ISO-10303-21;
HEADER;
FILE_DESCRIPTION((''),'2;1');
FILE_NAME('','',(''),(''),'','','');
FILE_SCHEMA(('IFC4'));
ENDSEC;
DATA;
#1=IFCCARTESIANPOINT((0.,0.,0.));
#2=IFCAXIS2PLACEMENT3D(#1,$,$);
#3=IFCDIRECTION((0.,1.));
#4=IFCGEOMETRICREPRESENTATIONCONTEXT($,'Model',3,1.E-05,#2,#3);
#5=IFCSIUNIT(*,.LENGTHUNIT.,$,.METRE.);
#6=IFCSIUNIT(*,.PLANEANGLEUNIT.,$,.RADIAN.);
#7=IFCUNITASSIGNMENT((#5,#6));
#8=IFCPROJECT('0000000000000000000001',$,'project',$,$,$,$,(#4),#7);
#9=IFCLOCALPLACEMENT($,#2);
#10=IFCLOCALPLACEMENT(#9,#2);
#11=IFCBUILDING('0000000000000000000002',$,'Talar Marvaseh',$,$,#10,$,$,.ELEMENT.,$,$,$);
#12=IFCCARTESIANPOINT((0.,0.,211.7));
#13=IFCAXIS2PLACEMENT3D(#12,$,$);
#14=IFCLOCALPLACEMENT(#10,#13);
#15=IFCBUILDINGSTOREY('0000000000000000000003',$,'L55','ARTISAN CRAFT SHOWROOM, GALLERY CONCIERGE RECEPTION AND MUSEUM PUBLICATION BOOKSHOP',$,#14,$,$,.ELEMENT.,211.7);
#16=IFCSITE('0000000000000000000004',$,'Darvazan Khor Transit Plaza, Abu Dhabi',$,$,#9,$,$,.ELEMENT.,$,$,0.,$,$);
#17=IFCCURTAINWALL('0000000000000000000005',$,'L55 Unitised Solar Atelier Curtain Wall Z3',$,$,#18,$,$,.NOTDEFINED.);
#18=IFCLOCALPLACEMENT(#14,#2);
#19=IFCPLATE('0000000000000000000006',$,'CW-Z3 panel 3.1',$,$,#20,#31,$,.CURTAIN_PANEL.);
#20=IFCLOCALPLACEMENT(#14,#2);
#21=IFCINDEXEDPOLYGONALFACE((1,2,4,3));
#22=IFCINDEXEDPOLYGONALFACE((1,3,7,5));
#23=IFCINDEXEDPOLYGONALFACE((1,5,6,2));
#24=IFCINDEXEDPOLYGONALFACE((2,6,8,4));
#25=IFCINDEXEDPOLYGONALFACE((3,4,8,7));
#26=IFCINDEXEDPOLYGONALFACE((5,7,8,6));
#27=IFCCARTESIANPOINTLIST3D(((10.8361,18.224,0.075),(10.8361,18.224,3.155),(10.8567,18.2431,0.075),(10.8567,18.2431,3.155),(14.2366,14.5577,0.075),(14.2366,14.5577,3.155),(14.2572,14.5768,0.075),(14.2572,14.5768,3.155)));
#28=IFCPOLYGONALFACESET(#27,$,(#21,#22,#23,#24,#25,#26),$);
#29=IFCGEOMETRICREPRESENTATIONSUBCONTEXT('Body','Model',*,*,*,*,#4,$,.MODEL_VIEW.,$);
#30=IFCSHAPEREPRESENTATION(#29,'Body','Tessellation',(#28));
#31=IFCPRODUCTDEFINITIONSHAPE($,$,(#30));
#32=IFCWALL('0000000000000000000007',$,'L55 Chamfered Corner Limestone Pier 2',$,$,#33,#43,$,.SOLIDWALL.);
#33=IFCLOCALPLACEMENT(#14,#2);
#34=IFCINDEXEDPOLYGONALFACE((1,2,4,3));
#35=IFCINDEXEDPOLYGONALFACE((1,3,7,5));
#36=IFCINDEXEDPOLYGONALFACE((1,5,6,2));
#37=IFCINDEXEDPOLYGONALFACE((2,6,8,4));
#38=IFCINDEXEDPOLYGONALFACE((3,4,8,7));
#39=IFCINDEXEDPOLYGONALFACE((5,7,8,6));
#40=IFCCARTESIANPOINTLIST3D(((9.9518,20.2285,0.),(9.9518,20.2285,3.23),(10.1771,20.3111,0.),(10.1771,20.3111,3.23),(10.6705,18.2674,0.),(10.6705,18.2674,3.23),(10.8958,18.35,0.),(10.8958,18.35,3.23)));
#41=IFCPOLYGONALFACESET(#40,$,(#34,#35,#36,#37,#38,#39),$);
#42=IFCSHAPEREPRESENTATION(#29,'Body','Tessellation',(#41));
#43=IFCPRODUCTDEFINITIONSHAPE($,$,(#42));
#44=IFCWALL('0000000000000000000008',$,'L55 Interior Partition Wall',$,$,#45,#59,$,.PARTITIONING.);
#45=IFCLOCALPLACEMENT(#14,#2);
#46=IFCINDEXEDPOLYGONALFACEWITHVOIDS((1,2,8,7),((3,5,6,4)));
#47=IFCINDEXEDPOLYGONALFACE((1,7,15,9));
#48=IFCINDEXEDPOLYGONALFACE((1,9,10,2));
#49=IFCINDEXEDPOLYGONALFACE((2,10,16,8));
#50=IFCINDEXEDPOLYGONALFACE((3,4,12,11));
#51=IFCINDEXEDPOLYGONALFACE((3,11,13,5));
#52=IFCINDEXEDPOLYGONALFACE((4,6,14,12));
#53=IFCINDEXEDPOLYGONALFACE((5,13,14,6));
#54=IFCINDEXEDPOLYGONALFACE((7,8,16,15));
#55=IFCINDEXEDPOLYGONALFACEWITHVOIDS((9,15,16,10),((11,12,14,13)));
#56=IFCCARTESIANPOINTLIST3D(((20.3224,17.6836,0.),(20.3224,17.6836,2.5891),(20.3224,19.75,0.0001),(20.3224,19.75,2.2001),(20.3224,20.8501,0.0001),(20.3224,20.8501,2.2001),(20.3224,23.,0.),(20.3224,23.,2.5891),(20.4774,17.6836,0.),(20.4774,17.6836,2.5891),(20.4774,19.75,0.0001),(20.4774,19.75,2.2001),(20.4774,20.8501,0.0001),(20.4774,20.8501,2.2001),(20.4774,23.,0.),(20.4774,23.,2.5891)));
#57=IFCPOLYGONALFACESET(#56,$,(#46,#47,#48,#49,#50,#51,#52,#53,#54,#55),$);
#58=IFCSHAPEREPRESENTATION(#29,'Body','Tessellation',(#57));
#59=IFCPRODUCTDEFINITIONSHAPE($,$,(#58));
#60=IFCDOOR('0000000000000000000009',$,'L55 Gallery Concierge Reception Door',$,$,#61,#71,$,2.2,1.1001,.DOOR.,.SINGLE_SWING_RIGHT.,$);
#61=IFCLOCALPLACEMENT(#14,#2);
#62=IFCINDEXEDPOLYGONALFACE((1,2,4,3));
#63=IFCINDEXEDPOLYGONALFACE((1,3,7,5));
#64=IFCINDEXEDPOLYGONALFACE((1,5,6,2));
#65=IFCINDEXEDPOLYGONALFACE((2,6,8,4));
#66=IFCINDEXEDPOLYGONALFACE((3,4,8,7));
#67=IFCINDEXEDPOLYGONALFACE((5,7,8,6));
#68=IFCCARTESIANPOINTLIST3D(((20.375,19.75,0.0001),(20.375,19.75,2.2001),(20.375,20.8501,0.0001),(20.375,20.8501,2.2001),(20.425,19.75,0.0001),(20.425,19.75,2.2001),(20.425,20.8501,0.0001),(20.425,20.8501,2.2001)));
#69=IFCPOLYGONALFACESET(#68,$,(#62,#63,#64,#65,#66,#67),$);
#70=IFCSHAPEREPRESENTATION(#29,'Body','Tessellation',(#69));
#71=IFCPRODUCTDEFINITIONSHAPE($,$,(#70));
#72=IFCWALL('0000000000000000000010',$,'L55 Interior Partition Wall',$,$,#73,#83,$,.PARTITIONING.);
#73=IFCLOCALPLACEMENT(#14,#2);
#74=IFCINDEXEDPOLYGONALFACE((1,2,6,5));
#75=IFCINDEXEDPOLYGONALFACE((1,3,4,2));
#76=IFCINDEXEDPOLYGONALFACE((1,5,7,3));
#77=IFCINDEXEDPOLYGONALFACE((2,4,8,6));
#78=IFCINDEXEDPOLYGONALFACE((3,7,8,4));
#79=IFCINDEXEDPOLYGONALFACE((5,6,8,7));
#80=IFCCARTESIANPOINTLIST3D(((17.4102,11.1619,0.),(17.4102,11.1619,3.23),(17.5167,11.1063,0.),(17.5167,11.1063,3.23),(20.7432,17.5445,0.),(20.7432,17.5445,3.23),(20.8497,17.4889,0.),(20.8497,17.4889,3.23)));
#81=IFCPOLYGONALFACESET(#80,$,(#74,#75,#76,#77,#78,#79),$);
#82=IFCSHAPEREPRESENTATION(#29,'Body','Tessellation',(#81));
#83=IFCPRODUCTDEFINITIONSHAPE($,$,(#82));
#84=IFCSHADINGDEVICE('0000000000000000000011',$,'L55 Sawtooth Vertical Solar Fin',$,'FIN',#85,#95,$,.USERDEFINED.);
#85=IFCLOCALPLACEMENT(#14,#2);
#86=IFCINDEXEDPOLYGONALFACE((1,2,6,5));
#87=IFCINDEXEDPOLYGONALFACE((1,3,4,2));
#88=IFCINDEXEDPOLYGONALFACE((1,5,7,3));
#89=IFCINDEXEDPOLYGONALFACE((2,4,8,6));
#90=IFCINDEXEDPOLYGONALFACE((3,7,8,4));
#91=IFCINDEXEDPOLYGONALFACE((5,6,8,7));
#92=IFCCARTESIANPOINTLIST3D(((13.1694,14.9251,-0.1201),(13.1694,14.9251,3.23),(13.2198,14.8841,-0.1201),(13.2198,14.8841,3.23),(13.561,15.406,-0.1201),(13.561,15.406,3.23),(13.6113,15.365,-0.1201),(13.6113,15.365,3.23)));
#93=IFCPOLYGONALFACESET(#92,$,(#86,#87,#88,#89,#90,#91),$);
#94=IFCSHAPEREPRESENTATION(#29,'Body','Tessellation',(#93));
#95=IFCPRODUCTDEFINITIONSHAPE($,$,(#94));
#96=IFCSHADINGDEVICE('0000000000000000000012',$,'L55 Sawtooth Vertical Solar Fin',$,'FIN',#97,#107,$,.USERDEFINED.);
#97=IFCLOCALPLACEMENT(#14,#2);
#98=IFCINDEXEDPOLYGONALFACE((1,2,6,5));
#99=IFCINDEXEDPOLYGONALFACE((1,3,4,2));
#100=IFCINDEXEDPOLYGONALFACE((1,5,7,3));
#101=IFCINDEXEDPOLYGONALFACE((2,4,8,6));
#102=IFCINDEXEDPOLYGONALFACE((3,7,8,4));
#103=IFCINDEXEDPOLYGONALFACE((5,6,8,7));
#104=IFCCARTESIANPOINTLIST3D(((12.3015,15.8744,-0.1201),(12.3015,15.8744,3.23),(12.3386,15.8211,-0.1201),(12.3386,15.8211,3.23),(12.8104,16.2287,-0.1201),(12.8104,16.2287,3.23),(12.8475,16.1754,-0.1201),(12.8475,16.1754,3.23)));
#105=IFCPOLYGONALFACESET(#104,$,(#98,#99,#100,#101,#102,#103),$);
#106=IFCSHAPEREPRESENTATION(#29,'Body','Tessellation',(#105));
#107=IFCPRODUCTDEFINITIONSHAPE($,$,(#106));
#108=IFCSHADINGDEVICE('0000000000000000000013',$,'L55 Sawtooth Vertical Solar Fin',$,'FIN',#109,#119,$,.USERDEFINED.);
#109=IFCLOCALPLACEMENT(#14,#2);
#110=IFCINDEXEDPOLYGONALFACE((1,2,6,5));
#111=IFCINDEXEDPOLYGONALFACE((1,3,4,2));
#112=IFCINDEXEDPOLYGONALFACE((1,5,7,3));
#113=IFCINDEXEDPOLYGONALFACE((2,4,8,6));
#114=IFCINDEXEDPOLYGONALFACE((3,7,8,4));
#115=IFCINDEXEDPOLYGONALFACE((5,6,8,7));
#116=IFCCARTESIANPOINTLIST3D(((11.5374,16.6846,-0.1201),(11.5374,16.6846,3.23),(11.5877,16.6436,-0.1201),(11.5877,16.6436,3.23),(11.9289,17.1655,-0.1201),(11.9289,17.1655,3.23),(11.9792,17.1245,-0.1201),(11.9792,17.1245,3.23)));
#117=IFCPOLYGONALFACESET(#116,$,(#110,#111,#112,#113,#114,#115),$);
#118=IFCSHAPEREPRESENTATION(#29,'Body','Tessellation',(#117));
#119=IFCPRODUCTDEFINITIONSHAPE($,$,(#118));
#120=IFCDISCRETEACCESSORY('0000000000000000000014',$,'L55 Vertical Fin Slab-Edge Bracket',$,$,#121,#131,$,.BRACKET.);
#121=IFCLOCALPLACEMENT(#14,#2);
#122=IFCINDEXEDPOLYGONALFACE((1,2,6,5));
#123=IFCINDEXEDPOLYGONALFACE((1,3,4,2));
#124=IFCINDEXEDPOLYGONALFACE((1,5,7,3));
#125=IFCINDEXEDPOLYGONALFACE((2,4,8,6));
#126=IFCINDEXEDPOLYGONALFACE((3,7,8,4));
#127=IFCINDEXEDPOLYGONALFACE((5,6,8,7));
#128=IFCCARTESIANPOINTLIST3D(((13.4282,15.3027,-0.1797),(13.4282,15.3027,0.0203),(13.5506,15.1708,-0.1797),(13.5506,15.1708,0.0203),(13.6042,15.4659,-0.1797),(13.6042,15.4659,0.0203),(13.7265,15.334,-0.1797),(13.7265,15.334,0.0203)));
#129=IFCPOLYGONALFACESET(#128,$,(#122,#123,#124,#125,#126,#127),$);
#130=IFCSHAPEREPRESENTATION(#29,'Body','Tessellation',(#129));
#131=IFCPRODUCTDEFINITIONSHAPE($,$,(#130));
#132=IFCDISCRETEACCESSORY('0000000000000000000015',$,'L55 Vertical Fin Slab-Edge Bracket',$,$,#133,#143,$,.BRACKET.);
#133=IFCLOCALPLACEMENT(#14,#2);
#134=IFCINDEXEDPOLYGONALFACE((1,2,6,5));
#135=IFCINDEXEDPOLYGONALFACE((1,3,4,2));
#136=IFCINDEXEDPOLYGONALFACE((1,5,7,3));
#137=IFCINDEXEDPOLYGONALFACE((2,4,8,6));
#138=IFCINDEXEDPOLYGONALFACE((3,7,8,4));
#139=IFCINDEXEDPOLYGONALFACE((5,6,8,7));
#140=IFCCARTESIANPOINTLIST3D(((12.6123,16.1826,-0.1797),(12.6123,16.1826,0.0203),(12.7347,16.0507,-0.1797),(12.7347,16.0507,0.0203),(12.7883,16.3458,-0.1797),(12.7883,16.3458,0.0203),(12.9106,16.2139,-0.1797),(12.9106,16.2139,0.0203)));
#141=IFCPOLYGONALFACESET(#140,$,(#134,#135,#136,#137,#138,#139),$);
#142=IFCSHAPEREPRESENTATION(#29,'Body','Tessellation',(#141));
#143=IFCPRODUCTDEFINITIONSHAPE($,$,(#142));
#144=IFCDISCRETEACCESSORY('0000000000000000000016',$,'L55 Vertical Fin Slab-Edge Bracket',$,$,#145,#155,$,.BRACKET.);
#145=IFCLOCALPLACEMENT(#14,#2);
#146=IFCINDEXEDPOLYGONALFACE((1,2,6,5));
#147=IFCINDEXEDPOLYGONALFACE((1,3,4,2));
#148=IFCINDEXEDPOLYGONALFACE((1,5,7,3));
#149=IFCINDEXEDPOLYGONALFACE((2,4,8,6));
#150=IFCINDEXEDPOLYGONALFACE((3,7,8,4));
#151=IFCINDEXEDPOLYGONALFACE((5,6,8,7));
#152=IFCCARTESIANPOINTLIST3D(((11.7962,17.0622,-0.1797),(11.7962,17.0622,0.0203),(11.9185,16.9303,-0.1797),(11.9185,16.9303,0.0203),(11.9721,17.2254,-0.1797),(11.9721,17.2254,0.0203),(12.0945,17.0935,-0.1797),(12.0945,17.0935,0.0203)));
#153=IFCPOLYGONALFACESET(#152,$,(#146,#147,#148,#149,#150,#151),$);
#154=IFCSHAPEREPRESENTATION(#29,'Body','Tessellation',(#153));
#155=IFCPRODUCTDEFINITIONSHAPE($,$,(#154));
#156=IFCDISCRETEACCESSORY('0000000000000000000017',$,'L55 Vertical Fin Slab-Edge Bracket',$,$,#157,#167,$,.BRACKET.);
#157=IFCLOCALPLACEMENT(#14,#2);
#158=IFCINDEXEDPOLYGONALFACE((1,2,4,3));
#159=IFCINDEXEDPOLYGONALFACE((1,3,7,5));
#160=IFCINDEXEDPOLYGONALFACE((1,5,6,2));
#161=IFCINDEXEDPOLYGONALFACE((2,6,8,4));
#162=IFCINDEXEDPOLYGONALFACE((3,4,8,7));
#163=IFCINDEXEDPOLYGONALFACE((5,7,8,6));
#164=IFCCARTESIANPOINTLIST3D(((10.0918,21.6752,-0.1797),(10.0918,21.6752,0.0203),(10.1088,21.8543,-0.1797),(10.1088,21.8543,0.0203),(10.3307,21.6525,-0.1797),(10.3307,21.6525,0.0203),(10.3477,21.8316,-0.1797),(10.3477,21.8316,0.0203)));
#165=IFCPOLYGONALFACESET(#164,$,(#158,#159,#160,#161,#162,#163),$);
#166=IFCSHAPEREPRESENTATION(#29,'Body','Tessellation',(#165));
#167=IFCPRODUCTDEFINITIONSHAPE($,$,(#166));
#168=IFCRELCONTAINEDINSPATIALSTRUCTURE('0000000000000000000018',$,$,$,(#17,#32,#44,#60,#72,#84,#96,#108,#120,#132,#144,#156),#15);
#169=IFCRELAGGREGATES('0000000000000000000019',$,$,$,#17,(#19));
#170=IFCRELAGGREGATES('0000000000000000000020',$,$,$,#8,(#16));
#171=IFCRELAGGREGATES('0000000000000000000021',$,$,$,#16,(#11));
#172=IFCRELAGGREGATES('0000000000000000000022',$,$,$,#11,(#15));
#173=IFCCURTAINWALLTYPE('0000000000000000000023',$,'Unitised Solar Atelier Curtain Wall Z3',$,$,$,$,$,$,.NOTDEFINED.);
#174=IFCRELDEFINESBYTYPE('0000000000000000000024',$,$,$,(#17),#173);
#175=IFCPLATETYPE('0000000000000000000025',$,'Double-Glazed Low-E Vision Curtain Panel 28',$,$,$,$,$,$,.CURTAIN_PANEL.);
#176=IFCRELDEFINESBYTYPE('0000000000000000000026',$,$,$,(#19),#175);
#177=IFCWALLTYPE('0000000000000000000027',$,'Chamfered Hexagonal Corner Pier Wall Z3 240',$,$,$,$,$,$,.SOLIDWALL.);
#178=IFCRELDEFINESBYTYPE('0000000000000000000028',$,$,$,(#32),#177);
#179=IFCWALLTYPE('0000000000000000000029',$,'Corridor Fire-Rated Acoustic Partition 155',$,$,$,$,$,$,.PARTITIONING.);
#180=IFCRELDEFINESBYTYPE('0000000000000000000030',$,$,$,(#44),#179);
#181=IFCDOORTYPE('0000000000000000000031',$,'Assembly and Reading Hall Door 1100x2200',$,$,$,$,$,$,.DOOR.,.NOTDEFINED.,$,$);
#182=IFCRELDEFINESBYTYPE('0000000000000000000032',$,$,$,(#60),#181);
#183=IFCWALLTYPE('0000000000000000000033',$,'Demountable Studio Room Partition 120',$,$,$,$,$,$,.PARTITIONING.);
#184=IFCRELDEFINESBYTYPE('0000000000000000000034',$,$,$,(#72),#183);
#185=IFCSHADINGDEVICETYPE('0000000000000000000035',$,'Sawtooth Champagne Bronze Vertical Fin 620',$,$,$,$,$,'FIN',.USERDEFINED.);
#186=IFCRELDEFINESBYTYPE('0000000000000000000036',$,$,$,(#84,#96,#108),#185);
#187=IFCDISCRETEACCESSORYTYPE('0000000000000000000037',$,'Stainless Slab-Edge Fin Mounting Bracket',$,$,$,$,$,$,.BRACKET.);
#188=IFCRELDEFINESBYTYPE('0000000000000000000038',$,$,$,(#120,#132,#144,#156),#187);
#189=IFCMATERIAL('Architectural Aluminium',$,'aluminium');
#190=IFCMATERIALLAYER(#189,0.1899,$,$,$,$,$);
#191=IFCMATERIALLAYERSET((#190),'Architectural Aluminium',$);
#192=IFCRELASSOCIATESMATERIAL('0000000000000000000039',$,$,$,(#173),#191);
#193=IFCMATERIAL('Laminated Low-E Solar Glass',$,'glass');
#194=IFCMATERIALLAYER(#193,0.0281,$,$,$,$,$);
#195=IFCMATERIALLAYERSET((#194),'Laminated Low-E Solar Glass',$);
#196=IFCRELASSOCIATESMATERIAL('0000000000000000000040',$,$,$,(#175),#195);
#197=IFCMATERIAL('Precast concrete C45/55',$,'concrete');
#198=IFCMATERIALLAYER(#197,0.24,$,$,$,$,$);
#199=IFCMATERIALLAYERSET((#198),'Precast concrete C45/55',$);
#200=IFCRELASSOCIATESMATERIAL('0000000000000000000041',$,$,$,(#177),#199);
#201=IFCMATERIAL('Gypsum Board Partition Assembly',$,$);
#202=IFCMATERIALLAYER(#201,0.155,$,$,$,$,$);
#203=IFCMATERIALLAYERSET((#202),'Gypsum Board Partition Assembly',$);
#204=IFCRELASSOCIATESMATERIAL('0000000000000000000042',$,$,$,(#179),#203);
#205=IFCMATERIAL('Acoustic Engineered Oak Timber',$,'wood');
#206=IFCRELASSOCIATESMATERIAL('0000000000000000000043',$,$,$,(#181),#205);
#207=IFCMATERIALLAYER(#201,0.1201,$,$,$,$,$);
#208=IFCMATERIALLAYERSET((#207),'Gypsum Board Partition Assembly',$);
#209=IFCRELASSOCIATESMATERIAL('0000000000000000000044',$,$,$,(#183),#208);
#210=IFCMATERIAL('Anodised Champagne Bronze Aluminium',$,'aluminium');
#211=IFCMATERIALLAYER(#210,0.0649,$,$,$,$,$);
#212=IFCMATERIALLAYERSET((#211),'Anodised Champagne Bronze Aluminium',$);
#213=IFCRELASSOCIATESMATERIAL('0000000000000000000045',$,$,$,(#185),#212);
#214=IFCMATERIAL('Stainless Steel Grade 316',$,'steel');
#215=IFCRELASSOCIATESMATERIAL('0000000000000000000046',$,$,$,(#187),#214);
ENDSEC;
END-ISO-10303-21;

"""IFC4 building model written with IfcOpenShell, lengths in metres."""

from ifc_helpers import new_model, si_unit, direction, frame, frame_2d, origin, origin_2d, place, context, subcontext, project, spatial, rectangle, extrude, source, transform, mapped, material, layer, layer_set, type_object, type_shapes, element, fill, aggregate, save


model = new_model("IFC4")

# Units and contexts
model_context = context("Model", 3, precision=1e-05, world=origin(), true_north=direction((0.0, 1.0)))
body_context = subcontext(model_context, "Body", "Model", "MODEL_VIEW")
ifc_project = project(units=[si_unit("LENGTHUNIT", "METRE"), si_unit("PLANEANGLEUNIT", "RADIAN")], contexts=[model_context])

# Site, building, storey
site_placement = place(None, origin())
site = spatial("IfcSite", under=ifc_project, at=site_placement, Name="Darvazan Khor Transit Plaza, Abu Dhabi", CompositionType="ELEMENT", RefElevation=0.0)
building_placement = place(site_placement, origin())
building = spatial("IfcBuilding", under=site, at=building_placement, Name="Talar Marvaseh", CompositionType="ELEMENT")
storey_placement = place(building_placement, frame((0.0, 0.0, 211.7)))
storey = spatial("IfcBuildingStorey", under=building, at=storey_placement, Name="L55", Description="ARTISAN CRAFT SHOWROOM, GALLERY CONCIERGE RECEPTION AND MUSEUM PUBLICATION BOOKSHOP", CompositionType="ELEMENT", Elevation=211.7)

# Curtain wall
ifc_material_1 = material(Name="Architectural Aluminium", Category="aluminium")
ifc_layer_1 = layer(ifc_material_1, 0.1899)
ifc_layer_set_1 = layer_set([ifc_layer_1], Name="Architectural Aluminium")
curtain_wall_type = type_object("IfcCurtainWallType", Name="Unitised Solar Atelier Curtain Wall Z3", PredefinedType="NOTDEFINED", material=ifc_layer_set_1)
curtain_wall_1_placement = place(storey_placement, origin())
curtain_wall_1 = element("IfcCurtainWall", 1, at=curtain_wall_1_placement, inside=storey, type_object=curtain_wall_type, Name="L55 Unitised Solar Atelier Curtain Wall Z3", PredefinedType="NOTDEFINED")

# Plate
ifc_material_2 = material(Name="Laminated Low-E Solar Glass", Category="glass")
ifc_layer_2 = layer(ifc_material_2, 0.0281)
ifc_layer_set_2 = layer_set([ifc_layer_2], Name="Laminated Low-E Solar Glass")
plate_type = type_object("IfcPlateType", Name="Double-Glazed Low-E Vision Curtain Panel 28", PredefinedType="CURTAIN_PANEL", material=ifc_layer_set_2)
shared_shape_1 = source(origin(), body_context, "Body", "SweptSolid", [
    extrude(rectangle(XDim=5.0005, YDim=0.0281, at=origin_2d()), origin(), (0.0, 0.0, 1.0), 3.0801),
])
type_shapes(plate_type, [shared_shape_1])
plate_placement = place(storey_placement, frame((12.5466, 16.4004, 0.075), z_axis=(0.0, 0.0, 1.0), x_axis=(-0.680031, 0.733183, 0.0)))
plate = element("IfcPlate", 2, at=plate_placement, type_object=plate_type, Name="CW-Z3 panel 3.1", PredefinedType="CURTAIN_PANEL", context=body_context, shape_type="MappedRepresentation", body=[
    mapped(shared_shape_1, transform((0.0, 0.0, 0.0), x_axis=(1.0, 0.0, 0.0), y_axis=(0.0, 1.0, 0.0), z_axis=(0.0, 0.0, 1.0), scale=1.0)),
])
aggregate(curtain_wall_1, [plate])

# Wall
ifc_material_3 = material(Name="Precast concrete C45/55", Category="concrete")
ifc_layer_3 = layer(ifc_material_3, 0.24)
ifc_layer_set_3 = layer_set([ifc_layer_3], Name="Precast concrete C45/55")
wall_type_1 = type_object("IfcWallType", Name="Chamfered Hexagonal Corner Pier Wall Z3 240", PredefinedType="SOLIDWALL", material=ifc_layer_set_3)
wall_1_placement = place(storey_placement, frame((10.7832, 18.3086, 0.0), z_axis=(0.0, 0.0, 1.0), x_axis=(-0.344107, 0.93893, 0.0)))
element("IfcWall", 3, at=wall_1_placement, inside=storey, type_object=wall_type_1, Name="L55 Chamfered Corner Limestone Pier 2", PredefinedType="SOLIDWALL", context=body_context, shape_type="SweptSolid", body=[
    extrude(rectangle(XDim=2.0886, YDim=0.24, at=frame_2d((1.0444, 0.0))), origin(), (0.0, 0.0, 1.0), 3.23),
])

# Wall, opening, door
ifc_material_4 = material(Name="Gypsum Board Partition Assembly")
ifc_layer_4 = layer(ifc_material_4, 0.155)
ifc_layer_set_4 = layer_set([ifc_layer_4], Name="Gypsum Board Partition Assembly")
wall_type_2 = type_object("IfcWallType", Name="Corridor Fire-Rated Acoustic Partition 155", PredefinedType="PARTITIONING", material=ifc_layer_set_4)
wall_2_placement = place(storey_placement, frame((20.3999, 17.6836, 0.0), z_axis=(0.0, 0.0, 1.0), x_axis=(0.0, 1.0, 0.0)))
wall_2 = element("IfcWall", 4, at=wall_2_placement, inside=storey, type_object=wall_type_2, Name="L55 Interior Partition Wall", PredefinedType="PARTITIONING", context=body_context, shape_type="SweptSolid", body=[
    extrude(rectangle(XDim=5.3164, YDim=0.155, at=frame_2d((2.6582, 0.0))), origin(), (0.0, 0.0, 1.0), 2.5891),
])
opening_placement = place(wall_2_placement, frame((2.0664, 0.0, 0.0)))
opening = element("IfcOpeningElement", 5, at=opening_placement, cuts=wall_2, PredefinedType="OPENING", context=body_context, shape_type="SweptSolid", body=[
    extrude(rectangle(XDim=1.1001, YDim=2.2, at=frame_2d((0.55, 1.1001))), frame((0.0, 0.0874, 0.0), z_axis=(0.0, -1.0, 0.0), x_axis=(1.0, 0.0, 0.0)), (0.0, 0.0, 1.0), 0.175),
])
ifc_material_5 = material(Name="Acoustic Engineered Oak Timber", Category="wood")
door_type = type_object("IfcDoorType", Name="Assembly and Reading Hall Door 1100x2200", OperationType="NOTDEFINED", PredefinedType="DOOR", material=ifc_material_5)
shared_shape_2 = source(origin(), body_context, "Body", "SweptSolid", [
    extrude(rectangle(XDim=1.1001, YDim=2.2, at=frame_2d((0.55, 1.1001))), frame((0.0, 0.0249, 0.0), z_axis=(0.0, -1.0, 0.0), x_axis=(1.0, 0.0, 0.0)), (0.0, 0.0, 1.0), 0.05),
])
type_shapes(door_type, [shared_shape_2])
door_placement = place(opening_placement, origin())
door = element("IfcDoor", 6, at=door_placement, inside=storey, type_object=door_type, Name="L55 Gallery Concierge Reception Door", OperationType="SINGLE_SWING_RIGHT", OverallHeight=2.2, OverallWidth=1.1001, PredefinedType="DOOR", context=body_context, shape_type="MappedRepresentation", body=[
    mapped(shared_shape_2, transform((0.0, 0.0, 0.0), x_axis=(1.0, 0.0, 0.0), y_axis=(0.0, 1.0, 0.0), z_axis=(0.0, 0.0, 1.0), scale=1.0)),
])
fill(opening, door)

# Wall
ifc_layer_5 = layer(ifc_material_4, 0.1201)
ifc_layer_set_5 = layer_set([ifc_layer_5], Name="Gypsum Board Partition Assembly")
wall_type_3 = type_object("IfcWallType", Name="Demountable Studio Room Partition 120", PredefinedType="PARTITIONING", material=ifc_layer_set_5)
wall_3_placement = place(storey_placement, frame((20.7964, 17.5166, 0.0), z_axis=(0.0, 0.0, 1.0), x_axis=(-0.46289, -0.886416, 0.0)))
element("IfcWall", 7, at=wall_3_placement, inside=storey, type_object=wall_type_3, Name="L55 Interior Partition Wall", PredefinedType="PARTITIONING", context=body_context, shape_type="SweptSolid", body=[
    extrude(rectangle(XDim=7.2004, YDim=0.1201, at=frame_2d((3.6001, 0.0))), origin(), (0.0, 0.0, 1.0), 3.23),
])

# Shading devices
ifc_material_6 = material(Name="Anodised Champagne Bronze Aluminium", Category="aluminium")
ifc_layer_6 = layer(ifc_material_6, 0.0649)
ifc_layer_set_6 = layer_set([ifc_layer_6], Name="Anodised Champagne Bronze Aluminium")
shading_device_type = type_object("IfcShadingDeviceType", Name="Sawtooth Champagne Bronze Vertical Fin 620", ElementType="FIN", PredefinedType="USERDEFINED", material=ifc_layer_set_6)
shared_shape_3 = source(origin(), body_context, "Body", "SweptSolid", [
    extrude(rectangle(XDim=0.6201, YDim=0.0649, at=origin_2d()), origin(), (0.0, 0.0, 1.0), 3.3501),
])
type_shapes(shading_device_type, [shared_shape_3])
for number, where, z_axis, x_axis, name in (
    (8, (13.3904, 15.145, -0.1201), (0.0, 0.0, 1.0), (-0.631353, -0.775496, 0.0), "L55 Sawtooth Vertical Solar Fin"),
    (9, (12.5745, 16.0249, -0.1201), (0.0, 0.0, 1.0), (-0.820651, -0.57143, 0.0), "L55 Sawtooth Vertical Solar Fin"),
    (10, (11.7583, 16.9045, -0.1201), (0.0, 0.0, 1.0), (-0.631353, -0.775496, 0.0), "L55 Sawtooth Vertical Solar Fin"),
):
    element("IfcShadingDevice", number, at=place(storey_placement, frame(where, z_axis=z_axis, x_axis=x_axis)), inside=storey, type_object=shading_device_type, Name=name, ObjectType="FIN", PredefinedType="USERDEFINED", context=body_context, shape_type="MappedRepresentation", body=[
        mapped(shared_shape_3, transform((0.0, 0.0, 0.0), x_axis=(1.0, 0.0, 0.0), y_axis=(0.0, 1.0, 0.0), z_axis=(0.0, 0.0, 1.0), scale=1.0)),
    ])

# Discrete accessories
ifc_material_7 = material(Name="Stainless Steel Grade 316", Category="steel")
discrete_accessory_type = type_object("IfcDiscreteAccessoryType", Name="Stainless Slab-Edge Fin Mounting Bracket", PredefinedType="BRACKET", material=ifc_material_7)
shared_shape_4 = source(origin(), body_context, "Body", "SweptSolid", [
    extrude(rectangle(XDim=0.24, YDim=0.1799, at=origin_2d()), origin(), (0.0, 0.0, 1.0), 0.2),
])
type_shapes(discrete_accessory_type, [shared_shape_4])
for number, where, z_axis, x_axis, name in (
    (11, (13.5774, 15.3184, -0.1797), (0.0, 0.0, 1.0), (-0.733137, -0.680081, 0.0), "L55 Vertical Fin Slab-Edge Bracket"),
    (12, (12.7615, 16.1982, -0.1797), (0.0, 0.0, 1.0), (-0.733137, -0.680081, 0.0), "L55 Vertical Fin Slab-Edge Bracket"),
    (13, (11.9453, 17.0779, -0.1797), (0.0, 0.0, 1.0), (-0.733137, -0.680081, 0.0), "L55 Vertical Fin Slab-Edge Bracket"),
    (14, (10.2197, 21.7534, -0.1797), (0.0, 0.0, 1.0), (-0.995513, 0.09463, 0.0), "L55 Vertical Fin Slab-Edge Bracket"),
):
    element("IfcDiscreteAccessory", number, at=place(storey_placement, frame(where, z_axis=z_axis, x_axis=x_axis)), inside=storey, type_object=discrete_accessory_type, Name=name, PredefinedType="BRACKET", context=body_context, shape_type="MappedRepresentation", body=[
        mapped(shared_shape_4, transform((0.0, 0.0, 0.0), x_axis=(1.0, 0.0, 0.0), y_axis=(0.0, 1.0, 0.0), z_axis=(0.0, 0.0, 1.0), scale=1.0)),
    ])

save(model, "model.ifc")
